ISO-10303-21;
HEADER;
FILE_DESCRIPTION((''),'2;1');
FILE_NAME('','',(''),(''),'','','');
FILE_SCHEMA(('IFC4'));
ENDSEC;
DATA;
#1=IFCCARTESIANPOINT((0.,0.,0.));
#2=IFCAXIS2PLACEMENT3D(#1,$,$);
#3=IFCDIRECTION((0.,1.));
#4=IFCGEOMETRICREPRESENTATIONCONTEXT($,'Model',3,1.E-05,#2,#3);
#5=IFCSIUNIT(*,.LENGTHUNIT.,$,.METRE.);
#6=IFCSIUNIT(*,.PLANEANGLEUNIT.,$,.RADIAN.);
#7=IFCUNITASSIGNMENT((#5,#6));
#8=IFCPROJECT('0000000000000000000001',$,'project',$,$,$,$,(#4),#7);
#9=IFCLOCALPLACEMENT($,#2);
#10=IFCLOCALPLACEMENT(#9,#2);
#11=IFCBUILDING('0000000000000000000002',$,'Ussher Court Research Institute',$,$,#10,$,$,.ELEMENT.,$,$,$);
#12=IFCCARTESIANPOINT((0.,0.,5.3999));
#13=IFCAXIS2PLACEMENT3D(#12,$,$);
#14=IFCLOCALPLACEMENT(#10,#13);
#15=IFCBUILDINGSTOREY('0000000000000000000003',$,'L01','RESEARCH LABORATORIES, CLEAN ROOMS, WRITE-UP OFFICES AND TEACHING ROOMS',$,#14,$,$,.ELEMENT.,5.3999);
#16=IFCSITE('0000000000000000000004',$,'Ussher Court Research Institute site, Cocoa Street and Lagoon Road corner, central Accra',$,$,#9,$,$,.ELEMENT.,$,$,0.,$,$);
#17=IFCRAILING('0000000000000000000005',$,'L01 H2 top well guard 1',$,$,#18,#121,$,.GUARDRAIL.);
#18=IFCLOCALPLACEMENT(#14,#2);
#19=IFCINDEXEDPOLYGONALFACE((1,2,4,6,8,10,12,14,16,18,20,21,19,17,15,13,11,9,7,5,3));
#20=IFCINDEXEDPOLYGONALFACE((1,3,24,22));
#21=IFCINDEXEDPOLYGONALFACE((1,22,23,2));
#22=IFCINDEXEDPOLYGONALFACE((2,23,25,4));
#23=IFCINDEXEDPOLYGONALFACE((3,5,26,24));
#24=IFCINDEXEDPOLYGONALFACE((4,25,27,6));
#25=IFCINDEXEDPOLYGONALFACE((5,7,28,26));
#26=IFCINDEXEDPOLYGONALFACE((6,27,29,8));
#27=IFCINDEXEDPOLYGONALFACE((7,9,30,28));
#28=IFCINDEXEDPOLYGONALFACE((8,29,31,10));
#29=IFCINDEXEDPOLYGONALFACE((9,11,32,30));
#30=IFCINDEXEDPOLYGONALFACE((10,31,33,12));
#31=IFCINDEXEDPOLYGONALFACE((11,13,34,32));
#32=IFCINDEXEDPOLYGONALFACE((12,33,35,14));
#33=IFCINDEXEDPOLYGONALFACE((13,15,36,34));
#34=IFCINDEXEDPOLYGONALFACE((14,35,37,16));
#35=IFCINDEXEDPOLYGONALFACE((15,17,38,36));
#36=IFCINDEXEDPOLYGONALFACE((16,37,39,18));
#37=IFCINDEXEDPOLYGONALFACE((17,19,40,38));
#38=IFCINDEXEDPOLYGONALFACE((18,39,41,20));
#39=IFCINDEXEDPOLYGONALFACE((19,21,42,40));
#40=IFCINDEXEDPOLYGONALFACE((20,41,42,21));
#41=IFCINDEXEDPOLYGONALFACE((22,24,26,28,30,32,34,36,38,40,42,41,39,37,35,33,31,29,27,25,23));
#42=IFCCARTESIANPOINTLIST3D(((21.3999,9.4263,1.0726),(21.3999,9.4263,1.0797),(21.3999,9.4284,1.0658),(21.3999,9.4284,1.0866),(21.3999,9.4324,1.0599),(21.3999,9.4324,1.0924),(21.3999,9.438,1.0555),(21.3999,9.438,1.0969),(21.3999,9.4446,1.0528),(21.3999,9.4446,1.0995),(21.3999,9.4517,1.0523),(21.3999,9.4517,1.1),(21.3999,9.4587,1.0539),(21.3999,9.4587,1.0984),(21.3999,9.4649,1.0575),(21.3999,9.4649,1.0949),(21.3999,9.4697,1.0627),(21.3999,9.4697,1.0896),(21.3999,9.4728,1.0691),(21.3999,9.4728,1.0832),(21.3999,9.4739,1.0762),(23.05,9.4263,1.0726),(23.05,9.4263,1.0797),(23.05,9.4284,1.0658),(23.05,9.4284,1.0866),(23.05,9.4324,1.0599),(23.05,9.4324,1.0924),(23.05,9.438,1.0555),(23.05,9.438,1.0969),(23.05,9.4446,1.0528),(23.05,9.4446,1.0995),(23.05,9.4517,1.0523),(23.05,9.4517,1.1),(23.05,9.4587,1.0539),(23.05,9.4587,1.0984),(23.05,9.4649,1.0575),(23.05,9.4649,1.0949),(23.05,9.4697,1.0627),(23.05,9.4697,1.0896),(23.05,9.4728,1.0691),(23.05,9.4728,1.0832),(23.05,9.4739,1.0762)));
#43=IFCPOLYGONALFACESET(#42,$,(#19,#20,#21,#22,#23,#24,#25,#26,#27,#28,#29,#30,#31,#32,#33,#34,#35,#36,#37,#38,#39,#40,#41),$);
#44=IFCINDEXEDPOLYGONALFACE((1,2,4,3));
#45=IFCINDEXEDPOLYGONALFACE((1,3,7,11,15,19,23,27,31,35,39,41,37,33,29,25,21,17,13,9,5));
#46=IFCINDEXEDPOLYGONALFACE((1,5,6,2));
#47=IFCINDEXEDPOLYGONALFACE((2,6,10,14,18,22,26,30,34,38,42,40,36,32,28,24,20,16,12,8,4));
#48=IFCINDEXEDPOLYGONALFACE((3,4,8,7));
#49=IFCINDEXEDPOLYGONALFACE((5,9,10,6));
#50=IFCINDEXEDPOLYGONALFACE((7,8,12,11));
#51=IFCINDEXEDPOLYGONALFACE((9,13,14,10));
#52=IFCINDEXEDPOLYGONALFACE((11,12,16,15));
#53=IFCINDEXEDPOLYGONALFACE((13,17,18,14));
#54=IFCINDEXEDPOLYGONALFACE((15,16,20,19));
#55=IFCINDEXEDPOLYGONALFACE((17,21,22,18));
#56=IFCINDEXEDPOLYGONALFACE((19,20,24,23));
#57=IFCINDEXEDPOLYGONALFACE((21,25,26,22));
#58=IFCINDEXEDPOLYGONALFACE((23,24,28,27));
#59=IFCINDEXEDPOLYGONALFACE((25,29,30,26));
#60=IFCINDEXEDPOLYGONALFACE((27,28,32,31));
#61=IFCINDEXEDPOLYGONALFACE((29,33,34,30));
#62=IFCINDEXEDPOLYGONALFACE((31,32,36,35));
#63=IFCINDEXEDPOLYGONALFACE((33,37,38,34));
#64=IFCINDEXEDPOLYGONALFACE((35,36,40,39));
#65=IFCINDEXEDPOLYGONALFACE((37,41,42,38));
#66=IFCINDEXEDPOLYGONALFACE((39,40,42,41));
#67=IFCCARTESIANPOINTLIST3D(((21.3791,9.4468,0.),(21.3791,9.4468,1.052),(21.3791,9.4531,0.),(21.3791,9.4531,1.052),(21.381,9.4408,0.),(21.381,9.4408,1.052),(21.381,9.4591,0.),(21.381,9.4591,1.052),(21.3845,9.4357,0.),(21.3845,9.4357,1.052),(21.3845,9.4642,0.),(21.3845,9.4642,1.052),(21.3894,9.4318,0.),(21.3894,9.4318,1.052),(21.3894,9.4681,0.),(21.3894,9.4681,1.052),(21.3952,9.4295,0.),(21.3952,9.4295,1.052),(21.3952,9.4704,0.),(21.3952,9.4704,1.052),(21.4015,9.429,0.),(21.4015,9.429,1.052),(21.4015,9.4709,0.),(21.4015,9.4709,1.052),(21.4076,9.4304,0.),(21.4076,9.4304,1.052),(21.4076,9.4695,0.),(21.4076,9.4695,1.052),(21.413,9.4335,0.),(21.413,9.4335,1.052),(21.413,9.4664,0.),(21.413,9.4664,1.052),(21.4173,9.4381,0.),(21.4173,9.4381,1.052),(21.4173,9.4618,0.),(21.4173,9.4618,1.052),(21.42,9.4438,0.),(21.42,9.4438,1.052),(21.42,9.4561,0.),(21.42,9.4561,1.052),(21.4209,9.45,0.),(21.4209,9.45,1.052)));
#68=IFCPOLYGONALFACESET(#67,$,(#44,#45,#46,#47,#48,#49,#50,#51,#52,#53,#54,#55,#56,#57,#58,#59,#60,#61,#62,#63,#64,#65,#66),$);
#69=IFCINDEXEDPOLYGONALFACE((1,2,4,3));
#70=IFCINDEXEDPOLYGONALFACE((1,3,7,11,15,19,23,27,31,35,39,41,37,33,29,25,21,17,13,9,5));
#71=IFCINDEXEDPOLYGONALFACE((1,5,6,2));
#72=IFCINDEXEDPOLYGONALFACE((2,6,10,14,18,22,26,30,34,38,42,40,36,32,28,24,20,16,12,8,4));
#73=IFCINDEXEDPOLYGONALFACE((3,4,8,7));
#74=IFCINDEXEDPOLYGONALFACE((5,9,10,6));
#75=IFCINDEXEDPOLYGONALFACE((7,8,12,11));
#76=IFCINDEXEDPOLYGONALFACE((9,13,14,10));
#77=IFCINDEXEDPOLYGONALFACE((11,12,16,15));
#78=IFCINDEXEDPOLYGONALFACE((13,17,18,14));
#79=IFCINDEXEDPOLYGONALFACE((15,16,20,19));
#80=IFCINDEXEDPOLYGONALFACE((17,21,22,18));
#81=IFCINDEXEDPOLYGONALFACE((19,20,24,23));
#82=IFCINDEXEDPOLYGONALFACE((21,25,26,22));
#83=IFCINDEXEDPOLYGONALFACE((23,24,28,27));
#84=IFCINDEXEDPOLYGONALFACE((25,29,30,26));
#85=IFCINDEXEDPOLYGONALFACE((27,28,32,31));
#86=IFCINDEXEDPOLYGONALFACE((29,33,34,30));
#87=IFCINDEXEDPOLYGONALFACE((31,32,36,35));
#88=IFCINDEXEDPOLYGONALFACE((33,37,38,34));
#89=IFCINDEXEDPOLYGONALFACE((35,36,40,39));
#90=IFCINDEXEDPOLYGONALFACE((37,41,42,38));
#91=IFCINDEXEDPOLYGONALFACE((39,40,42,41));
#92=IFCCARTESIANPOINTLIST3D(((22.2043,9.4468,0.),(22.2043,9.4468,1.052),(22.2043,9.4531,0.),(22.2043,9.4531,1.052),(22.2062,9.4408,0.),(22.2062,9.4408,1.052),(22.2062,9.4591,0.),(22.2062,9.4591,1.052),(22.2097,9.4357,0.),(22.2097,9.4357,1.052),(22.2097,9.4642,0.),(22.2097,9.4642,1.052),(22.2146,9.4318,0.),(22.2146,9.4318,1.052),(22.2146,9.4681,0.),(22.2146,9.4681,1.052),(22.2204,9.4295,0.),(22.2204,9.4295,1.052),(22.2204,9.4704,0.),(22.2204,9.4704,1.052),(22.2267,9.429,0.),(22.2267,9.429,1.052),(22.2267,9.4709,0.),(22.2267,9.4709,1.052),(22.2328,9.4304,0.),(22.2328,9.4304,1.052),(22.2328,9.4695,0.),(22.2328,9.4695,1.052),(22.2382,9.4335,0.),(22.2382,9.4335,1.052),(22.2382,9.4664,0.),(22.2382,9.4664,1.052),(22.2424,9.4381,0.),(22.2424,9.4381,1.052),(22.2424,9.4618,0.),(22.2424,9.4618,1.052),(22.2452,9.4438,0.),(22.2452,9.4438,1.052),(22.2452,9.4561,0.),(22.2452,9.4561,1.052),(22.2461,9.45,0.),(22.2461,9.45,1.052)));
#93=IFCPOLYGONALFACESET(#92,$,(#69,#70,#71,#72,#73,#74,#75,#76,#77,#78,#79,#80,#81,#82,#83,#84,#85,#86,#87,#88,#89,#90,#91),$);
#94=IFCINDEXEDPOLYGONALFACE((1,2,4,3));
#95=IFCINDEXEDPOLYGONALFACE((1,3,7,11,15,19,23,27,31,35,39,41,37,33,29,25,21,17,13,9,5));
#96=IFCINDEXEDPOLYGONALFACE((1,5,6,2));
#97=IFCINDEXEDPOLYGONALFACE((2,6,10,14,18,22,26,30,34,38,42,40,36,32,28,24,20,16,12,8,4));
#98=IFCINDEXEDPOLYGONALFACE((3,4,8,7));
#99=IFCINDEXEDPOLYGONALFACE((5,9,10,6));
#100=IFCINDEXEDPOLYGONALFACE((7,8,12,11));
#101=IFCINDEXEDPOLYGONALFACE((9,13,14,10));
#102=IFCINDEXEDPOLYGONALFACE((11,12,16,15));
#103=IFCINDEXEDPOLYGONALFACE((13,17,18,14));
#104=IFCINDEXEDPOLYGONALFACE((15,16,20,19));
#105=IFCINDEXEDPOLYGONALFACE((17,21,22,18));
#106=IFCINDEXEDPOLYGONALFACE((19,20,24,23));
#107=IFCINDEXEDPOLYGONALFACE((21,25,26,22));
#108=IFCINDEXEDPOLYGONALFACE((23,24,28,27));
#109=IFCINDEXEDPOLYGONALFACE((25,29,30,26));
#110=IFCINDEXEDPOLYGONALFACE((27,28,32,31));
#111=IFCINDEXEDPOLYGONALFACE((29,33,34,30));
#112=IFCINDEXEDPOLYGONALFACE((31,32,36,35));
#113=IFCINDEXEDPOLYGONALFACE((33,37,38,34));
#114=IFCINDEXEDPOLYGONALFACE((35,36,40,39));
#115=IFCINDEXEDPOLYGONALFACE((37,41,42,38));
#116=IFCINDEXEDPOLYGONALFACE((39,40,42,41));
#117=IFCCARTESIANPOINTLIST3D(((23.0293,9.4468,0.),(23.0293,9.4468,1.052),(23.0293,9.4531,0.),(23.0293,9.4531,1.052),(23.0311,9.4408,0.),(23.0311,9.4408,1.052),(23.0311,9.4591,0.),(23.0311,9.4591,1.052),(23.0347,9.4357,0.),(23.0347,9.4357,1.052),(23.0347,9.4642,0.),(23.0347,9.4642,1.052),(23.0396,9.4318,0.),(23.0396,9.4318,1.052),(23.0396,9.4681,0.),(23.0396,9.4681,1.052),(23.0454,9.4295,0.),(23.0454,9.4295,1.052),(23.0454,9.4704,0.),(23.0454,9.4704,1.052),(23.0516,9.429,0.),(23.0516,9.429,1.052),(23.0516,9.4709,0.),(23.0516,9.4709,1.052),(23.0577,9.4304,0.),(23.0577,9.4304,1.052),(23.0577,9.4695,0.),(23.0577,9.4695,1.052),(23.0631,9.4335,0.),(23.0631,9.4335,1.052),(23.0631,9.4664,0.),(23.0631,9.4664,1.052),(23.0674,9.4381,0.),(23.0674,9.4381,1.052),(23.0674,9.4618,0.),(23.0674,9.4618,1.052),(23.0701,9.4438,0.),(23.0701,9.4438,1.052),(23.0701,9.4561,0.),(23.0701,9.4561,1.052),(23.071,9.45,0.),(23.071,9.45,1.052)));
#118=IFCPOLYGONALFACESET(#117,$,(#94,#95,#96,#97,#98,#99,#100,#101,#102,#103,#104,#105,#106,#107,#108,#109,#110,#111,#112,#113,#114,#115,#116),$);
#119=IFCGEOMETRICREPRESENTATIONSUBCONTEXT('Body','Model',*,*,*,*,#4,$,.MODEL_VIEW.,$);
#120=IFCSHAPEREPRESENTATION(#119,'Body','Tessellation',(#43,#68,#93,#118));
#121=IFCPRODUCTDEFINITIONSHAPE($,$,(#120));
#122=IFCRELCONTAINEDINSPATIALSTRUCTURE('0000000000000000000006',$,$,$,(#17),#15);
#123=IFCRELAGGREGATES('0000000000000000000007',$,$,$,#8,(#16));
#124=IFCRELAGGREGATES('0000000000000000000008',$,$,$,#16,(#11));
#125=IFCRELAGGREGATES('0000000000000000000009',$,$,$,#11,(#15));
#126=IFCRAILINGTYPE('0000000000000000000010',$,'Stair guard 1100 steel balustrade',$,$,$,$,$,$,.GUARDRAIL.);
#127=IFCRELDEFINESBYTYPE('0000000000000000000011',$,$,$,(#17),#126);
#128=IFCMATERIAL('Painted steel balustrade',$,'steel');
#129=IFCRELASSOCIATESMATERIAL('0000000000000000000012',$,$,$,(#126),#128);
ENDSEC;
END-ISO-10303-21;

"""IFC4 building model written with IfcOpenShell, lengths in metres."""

from ifc_helpers import new_model, si_unit, direction, frame, origin, origin_2d, place, context, subcontext, project, spatial, circle, extrude, material, type_object, element, save


model = new_model("IFC4")

# Units and contexts
model_context = context("Model", 3, precision=1e-05, world=origin(), true_north=direction((0.0, 1.0)))
body_context = subcontext(model_context, "Body", "Model", "MODEL_VIEW")
ifc_project = project(units=[si_unit("LENGTHUNIT", "METRE"), si_unit("PLANEANGLEUNIT", "RADIAN")], contexts=[model_context])

# Site, building, storey
site_placement = place(None, origin())
site = spatial("IfcSite", under=ifc_project, at=site_placement, Name="Ussher Court Research Institute site, Cocoa Street and Lagoon Road corner, central Accra", CompositionType="ELEMENT", RefElevation=0.0)
building_placement = place(site_placement, origin())
building = spatial("IfcBuilding", under=site, at=building_placement, Name="Ussher Court Research Institute", CompositionType="ELEMENT")
storey_placement = place(building_placement, frame((0.0, 0.0, 5.3999)))
storey = spatial("IfcBuildingStorey", under=building, at=storey_placement, Name="L01", Description="RESEARCH LABORATORIES, CLEAN ROOMS, WRITE-UP OFFICES AND TEACHING ROOMS", CompositionType="ELEMENT", Elevation=5.3999)

# Railing
ifc_material_1 = material(Name="Painted steel balustrade", Category="steel")
railing_type = type_object("IfcRailingType", Name="Stair guard 1100 steel balustrade", PredefinedType="GUARDRAIL", material=ifc_material_1)
railing_placement = place(storey_placement, frame((21.3999, 9.45, 0.0)))
element("IfcRailing", 1, at=railing_placement, inside=storey, type_object=railing_type, Name="L01 H2 top well guard 1", PredefinedType="GUARDRAIL", context=body_context, shape_type="SweptSolid", body=[
    extrude(circle(Radius=0.0239, at=origin_2d()), frame((0.0, 0.0, 1.0762), z_axis=(1.0, 0.0, 0.0), x_axis=(0.0, 1.0, 0.0)), (0.0, 0.0, 1.0), 1.6501),
    extrude(circle(Radius=0.021, at=origin_2d()), origin(), (0.0, 0.0, 1.0), 1.052),
    extrude(circle(Radius=0.021, at=origin_2d()), frame((0.8252, 0.0, 0.0)), (0.0, 0.0, 1.0), 1.052),
    extrude(circle(Radius=0.021, at=origin_2d()), frame((1.6501, 0.0, 0.0)), (0.0, 0.0, 1.0), 1.052),
])

save(model, "model.ifc")
